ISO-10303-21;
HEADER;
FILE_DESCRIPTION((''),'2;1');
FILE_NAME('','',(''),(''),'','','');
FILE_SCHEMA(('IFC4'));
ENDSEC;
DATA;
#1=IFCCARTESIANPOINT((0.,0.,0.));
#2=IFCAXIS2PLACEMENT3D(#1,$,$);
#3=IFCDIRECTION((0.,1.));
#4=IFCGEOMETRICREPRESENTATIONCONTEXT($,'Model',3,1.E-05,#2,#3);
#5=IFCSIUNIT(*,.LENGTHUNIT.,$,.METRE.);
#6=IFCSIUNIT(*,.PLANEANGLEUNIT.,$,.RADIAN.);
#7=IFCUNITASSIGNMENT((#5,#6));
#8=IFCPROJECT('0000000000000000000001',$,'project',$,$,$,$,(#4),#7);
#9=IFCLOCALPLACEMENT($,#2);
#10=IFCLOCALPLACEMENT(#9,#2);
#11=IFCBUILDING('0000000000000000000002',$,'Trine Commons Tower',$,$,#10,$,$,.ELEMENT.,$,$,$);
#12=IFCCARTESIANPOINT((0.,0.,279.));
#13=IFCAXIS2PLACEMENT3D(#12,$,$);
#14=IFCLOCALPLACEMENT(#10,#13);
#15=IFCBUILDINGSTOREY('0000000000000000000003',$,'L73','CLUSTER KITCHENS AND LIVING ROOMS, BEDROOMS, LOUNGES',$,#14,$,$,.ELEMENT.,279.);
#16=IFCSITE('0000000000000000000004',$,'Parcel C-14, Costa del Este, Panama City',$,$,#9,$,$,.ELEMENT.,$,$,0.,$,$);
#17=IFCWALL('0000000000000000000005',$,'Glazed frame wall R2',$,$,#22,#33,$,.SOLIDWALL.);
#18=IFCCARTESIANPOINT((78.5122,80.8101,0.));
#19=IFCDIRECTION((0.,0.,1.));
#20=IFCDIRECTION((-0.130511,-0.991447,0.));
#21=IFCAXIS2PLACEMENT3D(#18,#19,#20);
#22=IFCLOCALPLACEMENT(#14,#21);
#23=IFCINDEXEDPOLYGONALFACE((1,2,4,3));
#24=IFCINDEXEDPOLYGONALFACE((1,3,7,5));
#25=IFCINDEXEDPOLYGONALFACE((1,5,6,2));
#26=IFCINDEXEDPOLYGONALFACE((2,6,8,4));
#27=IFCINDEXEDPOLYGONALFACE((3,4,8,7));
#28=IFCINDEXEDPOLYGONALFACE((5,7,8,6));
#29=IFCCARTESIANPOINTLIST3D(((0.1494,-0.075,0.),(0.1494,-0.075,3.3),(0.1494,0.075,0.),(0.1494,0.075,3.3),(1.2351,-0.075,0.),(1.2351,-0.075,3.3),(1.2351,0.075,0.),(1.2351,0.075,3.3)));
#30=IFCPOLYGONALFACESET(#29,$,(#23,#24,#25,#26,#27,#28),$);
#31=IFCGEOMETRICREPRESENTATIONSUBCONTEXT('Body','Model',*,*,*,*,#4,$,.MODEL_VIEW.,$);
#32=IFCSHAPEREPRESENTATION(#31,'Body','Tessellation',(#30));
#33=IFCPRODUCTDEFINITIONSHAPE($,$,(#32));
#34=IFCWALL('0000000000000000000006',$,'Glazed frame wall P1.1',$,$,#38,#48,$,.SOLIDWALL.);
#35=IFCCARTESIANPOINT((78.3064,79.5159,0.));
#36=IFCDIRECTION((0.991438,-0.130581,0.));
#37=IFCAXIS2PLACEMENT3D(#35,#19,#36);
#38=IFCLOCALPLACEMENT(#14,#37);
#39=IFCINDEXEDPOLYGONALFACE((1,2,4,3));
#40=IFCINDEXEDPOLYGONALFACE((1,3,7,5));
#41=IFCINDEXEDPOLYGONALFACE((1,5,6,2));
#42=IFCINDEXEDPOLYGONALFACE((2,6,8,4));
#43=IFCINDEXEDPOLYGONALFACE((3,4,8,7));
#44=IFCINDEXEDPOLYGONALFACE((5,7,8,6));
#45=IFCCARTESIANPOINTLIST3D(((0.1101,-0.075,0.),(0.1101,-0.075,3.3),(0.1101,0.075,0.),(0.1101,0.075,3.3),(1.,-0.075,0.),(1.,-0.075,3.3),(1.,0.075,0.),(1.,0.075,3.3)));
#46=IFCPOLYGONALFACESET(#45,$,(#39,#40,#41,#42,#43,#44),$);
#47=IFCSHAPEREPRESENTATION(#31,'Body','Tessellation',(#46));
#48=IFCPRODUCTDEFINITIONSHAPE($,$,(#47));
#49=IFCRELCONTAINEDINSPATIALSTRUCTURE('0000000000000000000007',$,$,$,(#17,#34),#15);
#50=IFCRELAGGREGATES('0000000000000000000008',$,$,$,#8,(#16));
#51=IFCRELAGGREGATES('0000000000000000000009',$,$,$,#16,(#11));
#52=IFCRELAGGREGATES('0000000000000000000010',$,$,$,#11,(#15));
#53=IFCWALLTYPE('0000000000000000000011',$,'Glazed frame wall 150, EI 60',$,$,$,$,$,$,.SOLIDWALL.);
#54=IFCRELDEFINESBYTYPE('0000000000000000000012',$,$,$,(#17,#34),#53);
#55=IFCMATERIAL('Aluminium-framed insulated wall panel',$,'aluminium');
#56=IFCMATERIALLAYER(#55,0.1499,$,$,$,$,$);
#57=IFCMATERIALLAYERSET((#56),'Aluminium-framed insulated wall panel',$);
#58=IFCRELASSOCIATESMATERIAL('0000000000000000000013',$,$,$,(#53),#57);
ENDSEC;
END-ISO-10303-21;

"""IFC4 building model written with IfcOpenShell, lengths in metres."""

from ifc_helpers import new_model, si_unit, direction, frame, origin, place, context, subcontext, project, spatial, polyline, outline, extrude, material, layer, layer_set, type_object, element, save


model = new_model("IFC4")

# Units and contexts
model_context = context("Model", 3, precision=1e-05, world=origin(), true_north=direction((0.0, 1.0)))
body_context = subcontext(model_context, "Body", "Model", "MODEL_VIEW")
ifc_project = project(units=[si_unit("LENGTHUNIT", "METRE"), si_unit("PLANEANGLEUNIT", "RADIAN")], contexts=[model_context])

# Site, building, storey
site_placement = place(None, origin())
site = spatial("IfcSite", under=ifc_project, at=site_placement, Name="Parcel C-14, Costa del Este, Panama City", CompositionType="ELEMENT", RefElevation=0.0)
building_placement = place(site_placement, origin())
building = spatial("IfcBuilding", under=site, at=building_placement, Name="Trine Commons Tower", CompositionType="ELEMENT")
storey_placement = place(building_placement, frame((0.0, 0.0, 279.0)))
storey = spatial("IfcBuildingStorey", under=building, at=storey_placement, Name="L73", Description="CLUSTER KITCHENS AND LIVING ROOMS, BEDROOMS, LOUNGES", CompositionType="ELEMENT", Elevation=279.0)

# Walls
ifc_material_1 = material(Name="Aluminium-framed insulated wall panel", Category="aluminium")
ifc_layer_1 = layer(ifc_material_1, 0.1499)
ifc_layer_set_1 = layer_set([ifc_layer_1], Name="Aluminium-framed insulated wall panel")
wall_type_1 = type_object("IfcWallType", Name="Glazed frame wall 150, EI 60", PredefinedType="SOLIDWALL", material=ifc_layer_set_1)
wall_1_placement = place(storey_placement, frame((78.5122, 80.8101, 0.0), z_axis=(0.0, 0.0, 1.0), x_axis=(-0.130511, -0.991447, 0.0)))
element("IfcWall", 1, at=wall_1_placement, inside=storey, type_object=wall_type_1, Name="Glazed frame wall R2", PredefinedType="SOLIDWALL", context=body_context, shape_type="SweptSolid", body=[
    extrude(outline(polyline([(0.1494, 0.075), (0.1494, -0.075), (1.2351, -0.075), (1.2351, 0.075), (0.1494, 0.075)])), origin(), (0.0, 0.0, 1.0), 3.3),
])
wall_2_placement = place(storey_placement, frame((78.3064, 79.5159, 0.0), z_axis=(0.0, 0.0, 1.0), x_axis=(0.991438, -0.130581, 0.0)))
element("IfcWall", 2, at=wall_2_placement, inside=storey, type_object=wall_type_1, Name="Glazed frame wall P1.1", PredefinedType="SOLIDWALL", context=body_context, shape_type="SweptSolid", body=[
    extrude(outline(polyline([(0.1101, -0.075), (1.0, -0.075), (1.0, 0.075), (0.1101, 0.075), (0.1101, -0.075)])), origin(), (0.0, 0.0, 1.0), 3.3),
])

save(model, "model.ifc")
